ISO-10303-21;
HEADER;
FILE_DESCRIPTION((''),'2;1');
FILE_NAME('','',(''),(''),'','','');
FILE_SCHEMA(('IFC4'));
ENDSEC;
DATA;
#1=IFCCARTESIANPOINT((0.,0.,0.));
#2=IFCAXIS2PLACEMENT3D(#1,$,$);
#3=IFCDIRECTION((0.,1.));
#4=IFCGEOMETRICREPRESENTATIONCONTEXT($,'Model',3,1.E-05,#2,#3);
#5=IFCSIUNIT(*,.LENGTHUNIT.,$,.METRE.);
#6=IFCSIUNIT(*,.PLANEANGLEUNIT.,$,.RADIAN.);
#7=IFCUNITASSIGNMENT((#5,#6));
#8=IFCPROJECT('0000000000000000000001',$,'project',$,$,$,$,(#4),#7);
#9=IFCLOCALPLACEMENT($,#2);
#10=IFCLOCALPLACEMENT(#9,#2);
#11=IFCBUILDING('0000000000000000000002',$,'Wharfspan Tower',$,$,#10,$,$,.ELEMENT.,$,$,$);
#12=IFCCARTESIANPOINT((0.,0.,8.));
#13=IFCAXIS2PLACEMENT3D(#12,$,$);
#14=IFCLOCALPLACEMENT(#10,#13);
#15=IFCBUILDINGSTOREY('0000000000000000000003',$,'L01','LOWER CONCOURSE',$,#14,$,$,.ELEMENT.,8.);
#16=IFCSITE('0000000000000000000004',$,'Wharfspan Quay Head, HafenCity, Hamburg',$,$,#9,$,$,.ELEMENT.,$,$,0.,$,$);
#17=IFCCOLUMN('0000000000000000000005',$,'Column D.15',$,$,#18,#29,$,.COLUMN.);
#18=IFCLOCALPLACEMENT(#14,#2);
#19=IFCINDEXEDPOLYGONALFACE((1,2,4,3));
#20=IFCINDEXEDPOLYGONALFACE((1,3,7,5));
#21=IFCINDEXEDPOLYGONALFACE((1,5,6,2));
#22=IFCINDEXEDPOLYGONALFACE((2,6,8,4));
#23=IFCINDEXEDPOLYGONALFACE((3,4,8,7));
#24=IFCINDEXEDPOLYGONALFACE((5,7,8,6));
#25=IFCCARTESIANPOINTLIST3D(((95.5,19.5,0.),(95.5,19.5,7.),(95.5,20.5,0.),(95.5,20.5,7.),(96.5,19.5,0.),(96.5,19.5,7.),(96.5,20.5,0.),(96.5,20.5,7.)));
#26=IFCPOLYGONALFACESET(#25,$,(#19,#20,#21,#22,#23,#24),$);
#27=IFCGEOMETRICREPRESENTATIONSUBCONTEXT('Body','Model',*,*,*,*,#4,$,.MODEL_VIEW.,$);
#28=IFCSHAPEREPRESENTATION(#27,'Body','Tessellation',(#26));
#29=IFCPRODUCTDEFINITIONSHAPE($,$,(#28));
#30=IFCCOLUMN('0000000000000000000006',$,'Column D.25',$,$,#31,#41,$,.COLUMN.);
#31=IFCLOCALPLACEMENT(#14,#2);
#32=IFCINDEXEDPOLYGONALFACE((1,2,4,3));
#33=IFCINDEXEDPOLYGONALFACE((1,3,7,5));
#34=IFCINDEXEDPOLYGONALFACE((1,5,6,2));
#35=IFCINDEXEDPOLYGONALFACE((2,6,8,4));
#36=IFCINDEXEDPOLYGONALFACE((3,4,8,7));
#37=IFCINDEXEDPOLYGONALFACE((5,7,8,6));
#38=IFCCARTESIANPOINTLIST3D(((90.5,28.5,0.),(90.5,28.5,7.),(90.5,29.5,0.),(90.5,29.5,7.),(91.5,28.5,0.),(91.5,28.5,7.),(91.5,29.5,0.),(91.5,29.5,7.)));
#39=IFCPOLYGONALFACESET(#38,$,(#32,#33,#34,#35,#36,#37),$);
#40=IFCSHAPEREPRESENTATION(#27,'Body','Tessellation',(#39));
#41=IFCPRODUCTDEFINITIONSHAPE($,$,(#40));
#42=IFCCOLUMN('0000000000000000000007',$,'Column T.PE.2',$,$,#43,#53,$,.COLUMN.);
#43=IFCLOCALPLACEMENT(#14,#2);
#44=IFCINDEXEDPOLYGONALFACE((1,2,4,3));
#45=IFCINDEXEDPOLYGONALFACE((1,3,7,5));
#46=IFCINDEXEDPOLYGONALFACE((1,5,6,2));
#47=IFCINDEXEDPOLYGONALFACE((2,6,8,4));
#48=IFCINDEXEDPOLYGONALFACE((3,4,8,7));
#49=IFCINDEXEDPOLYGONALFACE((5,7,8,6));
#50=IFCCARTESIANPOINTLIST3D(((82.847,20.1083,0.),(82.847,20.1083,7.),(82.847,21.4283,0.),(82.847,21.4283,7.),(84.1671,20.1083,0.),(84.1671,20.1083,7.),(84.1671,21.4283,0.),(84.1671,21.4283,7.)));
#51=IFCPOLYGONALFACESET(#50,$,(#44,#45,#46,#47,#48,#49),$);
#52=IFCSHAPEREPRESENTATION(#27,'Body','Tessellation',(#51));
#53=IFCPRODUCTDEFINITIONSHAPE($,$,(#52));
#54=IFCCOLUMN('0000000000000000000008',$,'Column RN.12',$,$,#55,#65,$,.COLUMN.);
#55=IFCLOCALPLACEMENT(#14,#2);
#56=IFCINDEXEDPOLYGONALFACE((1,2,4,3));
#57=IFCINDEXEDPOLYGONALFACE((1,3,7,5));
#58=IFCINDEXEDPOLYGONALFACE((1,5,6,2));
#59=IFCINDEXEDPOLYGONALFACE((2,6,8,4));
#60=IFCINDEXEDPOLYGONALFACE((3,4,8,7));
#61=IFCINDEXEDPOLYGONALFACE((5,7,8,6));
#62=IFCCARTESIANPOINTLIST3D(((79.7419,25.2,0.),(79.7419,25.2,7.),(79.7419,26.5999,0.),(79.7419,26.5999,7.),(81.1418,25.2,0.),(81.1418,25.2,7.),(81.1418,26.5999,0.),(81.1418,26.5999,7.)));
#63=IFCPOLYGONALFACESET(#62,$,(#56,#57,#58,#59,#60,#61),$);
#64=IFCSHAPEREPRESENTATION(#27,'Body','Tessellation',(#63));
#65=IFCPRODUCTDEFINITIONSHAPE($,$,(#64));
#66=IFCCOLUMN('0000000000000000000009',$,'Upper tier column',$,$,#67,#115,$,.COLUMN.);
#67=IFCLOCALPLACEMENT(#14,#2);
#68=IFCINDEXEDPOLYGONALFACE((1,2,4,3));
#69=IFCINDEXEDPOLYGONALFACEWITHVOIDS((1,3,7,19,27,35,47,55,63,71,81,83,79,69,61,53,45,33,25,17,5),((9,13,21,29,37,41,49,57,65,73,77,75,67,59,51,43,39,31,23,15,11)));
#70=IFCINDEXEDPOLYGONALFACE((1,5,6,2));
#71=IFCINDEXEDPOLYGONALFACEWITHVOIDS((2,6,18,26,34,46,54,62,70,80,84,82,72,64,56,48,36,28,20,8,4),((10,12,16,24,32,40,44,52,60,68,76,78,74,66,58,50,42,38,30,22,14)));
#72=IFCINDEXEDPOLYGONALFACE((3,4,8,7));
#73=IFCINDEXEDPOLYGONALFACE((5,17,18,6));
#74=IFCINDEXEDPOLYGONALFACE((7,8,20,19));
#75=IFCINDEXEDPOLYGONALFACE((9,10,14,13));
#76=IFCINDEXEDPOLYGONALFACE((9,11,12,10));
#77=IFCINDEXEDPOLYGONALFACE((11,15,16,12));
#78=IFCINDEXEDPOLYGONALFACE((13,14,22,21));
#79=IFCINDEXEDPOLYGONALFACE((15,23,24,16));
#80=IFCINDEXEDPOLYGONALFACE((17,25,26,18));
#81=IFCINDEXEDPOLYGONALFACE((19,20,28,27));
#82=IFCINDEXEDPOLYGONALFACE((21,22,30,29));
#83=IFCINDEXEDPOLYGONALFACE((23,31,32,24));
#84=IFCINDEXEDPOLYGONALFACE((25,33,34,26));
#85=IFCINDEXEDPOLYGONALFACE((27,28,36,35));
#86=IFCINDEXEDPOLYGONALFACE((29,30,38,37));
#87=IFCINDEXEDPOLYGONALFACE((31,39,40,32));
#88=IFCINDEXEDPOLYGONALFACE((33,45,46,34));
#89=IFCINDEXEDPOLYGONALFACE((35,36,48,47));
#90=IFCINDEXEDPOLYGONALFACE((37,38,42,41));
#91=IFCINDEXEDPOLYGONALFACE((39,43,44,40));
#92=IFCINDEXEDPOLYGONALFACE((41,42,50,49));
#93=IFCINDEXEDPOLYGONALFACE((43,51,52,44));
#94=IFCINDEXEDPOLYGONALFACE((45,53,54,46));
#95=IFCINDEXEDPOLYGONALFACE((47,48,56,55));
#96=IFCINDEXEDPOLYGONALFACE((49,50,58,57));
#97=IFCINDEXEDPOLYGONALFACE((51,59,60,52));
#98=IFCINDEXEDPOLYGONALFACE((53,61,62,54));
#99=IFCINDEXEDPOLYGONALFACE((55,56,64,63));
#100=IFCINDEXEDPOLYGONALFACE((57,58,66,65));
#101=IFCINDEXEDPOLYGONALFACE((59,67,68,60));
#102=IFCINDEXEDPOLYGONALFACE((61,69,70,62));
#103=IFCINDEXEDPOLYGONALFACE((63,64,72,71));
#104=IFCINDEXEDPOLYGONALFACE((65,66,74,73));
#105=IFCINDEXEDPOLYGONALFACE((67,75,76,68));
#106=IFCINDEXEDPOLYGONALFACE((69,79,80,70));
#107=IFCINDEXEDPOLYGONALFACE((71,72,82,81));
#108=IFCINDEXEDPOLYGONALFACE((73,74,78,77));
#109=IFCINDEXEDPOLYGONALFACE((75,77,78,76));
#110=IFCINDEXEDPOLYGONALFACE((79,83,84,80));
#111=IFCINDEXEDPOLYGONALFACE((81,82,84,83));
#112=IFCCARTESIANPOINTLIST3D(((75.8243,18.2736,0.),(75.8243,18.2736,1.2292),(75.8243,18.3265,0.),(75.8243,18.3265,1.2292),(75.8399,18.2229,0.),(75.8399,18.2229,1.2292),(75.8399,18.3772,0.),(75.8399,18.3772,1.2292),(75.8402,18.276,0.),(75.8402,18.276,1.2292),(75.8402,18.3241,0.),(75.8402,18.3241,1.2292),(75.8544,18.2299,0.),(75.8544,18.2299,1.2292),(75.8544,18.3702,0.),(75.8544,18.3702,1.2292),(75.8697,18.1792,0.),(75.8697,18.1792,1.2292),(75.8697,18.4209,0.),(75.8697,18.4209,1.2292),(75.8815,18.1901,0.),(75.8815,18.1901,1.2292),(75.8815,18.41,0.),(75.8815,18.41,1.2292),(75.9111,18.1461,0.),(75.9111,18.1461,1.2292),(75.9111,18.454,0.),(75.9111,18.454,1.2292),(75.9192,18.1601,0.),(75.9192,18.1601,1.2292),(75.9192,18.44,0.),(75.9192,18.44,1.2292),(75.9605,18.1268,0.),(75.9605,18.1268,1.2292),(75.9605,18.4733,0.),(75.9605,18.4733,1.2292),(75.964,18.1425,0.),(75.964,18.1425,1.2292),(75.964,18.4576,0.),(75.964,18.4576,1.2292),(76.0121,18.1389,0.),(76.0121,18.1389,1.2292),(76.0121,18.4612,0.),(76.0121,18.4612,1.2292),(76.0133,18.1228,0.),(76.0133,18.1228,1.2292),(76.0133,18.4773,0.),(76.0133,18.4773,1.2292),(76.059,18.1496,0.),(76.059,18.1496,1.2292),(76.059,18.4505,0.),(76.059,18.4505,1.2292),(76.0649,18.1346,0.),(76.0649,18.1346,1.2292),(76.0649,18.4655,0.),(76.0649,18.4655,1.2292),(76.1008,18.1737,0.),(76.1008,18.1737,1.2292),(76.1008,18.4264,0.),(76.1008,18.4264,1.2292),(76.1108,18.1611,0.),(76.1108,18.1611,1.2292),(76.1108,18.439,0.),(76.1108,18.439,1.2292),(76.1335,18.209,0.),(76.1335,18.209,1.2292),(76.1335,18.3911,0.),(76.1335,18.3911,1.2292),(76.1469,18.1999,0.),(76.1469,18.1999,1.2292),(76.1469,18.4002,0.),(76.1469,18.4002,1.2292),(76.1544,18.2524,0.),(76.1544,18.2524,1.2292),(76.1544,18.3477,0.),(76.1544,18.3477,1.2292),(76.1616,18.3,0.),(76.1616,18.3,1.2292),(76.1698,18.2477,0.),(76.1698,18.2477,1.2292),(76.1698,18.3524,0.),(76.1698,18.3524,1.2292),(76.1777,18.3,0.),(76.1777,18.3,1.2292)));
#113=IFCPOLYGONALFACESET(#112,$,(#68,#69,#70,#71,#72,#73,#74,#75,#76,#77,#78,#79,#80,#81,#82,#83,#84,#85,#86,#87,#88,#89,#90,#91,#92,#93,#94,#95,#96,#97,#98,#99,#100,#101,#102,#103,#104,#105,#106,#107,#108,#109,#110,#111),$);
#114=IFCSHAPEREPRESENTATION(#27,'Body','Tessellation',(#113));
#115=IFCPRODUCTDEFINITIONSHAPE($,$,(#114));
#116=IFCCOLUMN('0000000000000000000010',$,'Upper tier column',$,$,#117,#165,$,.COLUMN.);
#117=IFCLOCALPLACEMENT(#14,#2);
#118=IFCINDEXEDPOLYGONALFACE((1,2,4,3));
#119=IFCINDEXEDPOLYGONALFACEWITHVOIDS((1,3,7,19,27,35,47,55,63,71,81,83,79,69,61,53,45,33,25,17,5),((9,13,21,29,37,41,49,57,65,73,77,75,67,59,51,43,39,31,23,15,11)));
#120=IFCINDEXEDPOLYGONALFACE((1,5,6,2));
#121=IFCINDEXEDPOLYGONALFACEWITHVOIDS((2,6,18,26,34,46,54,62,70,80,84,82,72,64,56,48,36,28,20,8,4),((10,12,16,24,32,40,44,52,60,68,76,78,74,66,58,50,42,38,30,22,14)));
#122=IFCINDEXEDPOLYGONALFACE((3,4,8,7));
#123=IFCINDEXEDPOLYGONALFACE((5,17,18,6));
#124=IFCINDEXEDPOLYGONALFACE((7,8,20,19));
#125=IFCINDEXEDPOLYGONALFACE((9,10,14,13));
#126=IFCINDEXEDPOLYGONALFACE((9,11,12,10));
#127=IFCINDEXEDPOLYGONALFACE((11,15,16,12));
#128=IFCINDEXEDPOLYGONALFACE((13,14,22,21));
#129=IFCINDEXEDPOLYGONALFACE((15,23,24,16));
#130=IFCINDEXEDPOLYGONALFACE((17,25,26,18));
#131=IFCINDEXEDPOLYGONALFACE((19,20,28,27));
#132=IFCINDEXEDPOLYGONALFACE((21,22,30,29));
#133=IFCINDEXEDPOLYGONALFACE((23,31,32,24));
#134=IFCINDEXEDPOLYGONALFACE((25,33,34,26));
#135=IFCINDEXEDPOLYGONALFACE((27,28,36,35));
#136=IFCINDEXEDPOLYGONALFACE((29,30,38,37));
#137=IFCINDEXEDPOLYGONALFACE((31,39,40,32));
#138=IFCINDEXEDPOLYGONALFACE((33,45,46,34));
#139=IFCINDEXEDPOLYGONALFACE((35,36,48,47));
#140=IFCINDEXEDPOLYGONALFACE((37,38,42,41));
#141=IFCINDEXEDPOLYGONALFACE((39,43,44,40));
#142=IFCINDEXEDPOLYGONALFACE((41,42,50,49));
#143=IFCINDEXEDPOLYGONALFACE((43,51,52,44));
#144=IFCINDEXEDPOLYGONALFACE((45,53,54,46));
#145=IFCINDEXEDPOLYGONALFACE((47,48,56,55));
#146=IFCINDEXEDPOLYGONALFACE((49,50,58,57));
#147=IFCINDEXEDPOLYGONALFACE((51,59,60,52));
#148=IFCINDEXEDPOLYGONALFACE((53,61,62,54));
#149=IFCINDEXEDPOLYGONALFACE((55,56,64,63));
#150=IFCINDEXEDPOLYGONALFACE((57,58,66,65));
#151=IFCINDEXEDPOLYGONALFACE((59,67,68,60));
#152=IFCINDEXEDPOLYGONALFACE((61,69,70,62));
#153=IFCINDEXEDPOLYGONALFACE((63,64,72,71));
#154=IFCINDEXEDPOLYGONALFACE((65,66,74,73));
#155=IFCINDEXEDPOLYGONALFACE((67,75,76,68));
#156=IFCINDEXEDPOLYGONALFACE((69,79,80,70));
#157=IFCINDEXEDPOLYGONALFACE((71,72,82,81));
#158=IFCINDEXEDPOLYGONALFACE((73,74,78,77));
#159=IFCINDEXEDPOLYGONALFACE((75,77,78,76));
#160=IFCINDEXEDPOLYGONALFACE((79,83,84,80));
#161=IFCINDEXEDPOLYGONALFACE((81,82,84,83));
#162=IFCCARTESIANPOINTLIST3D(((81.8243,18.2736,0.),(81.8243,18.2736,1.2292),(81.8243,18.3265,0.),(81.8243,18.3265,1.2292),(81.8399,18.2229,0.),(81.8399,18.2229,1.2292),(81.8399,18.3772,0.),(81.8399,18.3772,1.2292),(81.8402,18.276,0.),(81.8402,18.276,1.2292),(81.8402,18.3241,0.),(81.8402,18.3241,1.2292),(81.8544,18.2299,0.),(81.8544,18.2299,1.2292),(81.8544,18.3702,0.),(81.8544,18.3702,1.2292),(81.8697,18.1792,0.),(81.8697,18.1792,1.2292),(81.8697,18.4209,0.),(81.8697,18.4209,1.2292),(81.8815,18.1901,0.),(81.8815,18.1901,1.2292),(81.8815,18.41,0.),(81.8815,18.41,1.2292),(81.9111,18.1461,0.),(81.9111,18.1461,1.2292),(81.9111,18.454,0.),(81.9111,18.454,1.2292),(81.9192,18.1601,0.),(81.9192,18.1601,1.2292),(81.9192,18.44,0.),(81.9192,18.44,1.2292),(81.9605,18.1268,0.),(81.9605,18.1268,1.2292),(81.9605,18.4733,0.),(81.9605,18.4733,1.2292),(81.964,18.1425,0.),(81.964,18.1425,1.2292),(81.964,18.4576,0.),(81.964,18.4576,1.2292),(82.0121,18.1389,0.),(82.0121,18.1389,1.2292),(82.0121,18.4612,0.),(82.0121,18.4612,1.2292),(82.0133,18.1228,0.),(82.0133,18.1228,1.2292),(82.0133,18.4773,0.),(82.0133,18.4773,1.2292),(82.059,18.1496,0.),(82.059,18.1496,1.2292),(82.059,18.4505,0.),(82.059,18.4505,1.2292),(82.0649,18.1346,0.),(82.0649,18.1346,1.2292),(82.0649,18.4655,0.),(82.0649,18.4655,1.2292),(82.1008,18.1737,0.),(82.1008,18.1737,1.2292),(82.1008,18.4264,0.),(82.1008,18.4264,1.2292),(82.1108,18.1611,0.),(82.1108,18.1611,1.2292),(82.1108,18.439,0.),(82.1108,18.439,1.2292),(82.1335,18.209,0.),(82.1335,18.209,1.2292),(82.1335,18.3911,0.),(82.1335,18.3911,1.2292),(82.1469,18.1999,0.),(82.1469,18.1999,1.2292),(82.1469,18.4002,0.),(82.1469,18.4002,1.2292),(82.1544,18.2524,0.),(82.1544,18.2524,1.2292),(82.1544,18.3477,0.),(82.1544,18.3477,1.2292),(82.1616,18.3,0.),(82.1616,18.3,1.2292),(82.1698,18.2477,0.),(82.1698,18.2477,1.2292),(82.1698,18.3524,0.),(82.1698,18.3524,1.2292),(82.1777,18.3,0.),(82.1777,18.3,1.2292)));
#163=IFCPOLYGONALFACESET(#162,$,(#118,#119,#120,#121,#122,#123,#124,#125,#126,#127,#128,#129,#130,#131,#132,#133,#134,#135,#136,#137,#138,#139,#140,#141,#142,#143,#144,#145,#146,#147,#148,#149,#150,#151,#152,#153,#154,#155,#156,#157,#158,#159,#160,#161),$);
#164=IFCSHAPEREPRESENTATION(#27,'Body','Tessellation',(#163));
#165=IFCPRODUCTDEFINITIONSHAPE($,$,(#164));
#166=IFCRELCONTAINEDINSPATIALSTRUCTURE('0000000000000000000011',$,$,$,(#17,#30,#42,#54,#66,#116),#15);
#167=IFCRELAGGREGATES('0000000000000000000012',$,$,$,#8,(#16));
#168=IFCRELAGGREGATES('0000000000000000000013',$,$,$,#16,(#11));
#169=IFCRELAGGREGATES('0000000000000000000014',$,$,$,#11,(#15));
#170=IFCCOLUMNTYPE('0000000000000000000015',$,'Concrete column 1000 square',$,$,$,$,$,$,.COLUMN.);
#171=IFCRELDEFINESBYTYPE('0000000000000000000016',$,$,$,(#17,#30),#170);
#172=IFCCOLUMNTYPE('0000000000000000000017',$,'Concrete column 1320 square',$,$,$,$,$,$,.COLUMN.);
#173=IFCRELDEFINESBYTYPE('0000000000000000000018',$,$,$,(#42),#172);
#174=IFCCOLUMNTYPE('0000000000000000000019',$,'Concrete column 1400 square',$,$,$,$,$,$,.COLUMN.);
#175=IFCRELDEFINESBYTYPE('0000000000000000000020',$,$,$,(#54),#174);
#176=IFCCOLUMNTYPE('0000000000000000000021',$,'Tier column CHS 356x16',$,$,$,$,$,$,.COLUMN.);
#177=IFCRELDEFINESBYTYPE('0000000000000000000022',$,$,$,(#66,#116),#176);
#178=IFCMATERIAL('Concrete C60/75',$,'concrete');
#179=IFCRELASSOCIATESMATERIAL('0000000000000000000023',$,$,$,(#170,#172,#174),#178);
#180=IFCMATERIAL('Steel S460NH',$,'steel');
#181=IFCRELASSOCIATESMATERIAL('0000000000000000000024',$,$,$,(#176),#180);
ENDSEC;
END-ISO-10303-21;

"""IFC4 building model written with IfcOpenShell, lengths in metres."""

from ifc_helpers import new_model, si_unit, direction, frame, origin, origin_2d, place, context, subcontext, project, spatial, rectangle, hollow_circle, extrude, material, material_profile, profile_set, type_object, element, save


model = new_model("IFC4")

# Units and contexts
model_context = context("Model", 3, precision=1e-05, world=origin(), true_north=direction((0.0, 1.0)))
body_context = subcontext(model_context, "Body", "Model", "MODEL_VIEW")
ifc_project = project(units=[si_unit("LENGTHUNIT", "METRE"), si_unit("PLANEANGLEUNIT", "RADIAN")], contexts=[model_context])

# Site, building, storey
site_placement = place(None, origin())
site = spatial("IfcSite", under=ifc_project, at=site_placement, Name="Wharfspan Quay Head, HafenCity, Hamburg", CompositionType="ELEMENT", RefElevation=0.0)
building_placement = place(site_placement, origin())
building = spatial("IfcBuilding", under=site, at=building_placement, Name="Wharfspan Tower", CompositionType="ELEMENT")
storey_placement = place(building_placement, frame((0.0, 0.0, 8.0)))
storey = spatial("IfcBuildingStorey", under=building, at=storey_placement, Name="L01", Description="LOWER CONCOURSE", CompositionType="ELEMENT", Elevation=8.0)

# Columns
ifc_material_1 = material(Name="Concrete C60/75", Category="concrete")
ifc_material_profile_1 = material_profile(ifc_material_1, rectangle(XDim=1.0, YDim=1.0, at=origin_2d()))
ifc_profile_set_1 = profile_set([ifc_material_profile_1], Name="Concrete C60/75")
column_type_1 = type_object("IfcColumnType", Name="Concrete column 1000 square", PredefinedType="COLUMN", material=ifc_profile_set_1)
for number, where, z_axis, x_axis, name in (
    (1, (96.0, 20.0, 0.0), (0.0, 0.0, 1.0), (1.0, 0.0, 0.0), "Column D.15"),
    (2, (91.0, 29.0, 0.0), (0.0, 0.0, 1.0), (1.0, 0.0, 0.0), "Column D.25"),
):
    element("IfcColumn", number, at=place(storey_placement, frame(where, z_axis=z_axis, x_axis=x_axis)), inside=storey, type_object=column_type_1, Name=name, PredefinedType="COLUMN", context=body_context, shape_type="SweptSolid", body=[
        extrude(rectangle(XDim=1.0, YDim=1.0, at=origin_2d()), origin(), (0.0, 0.0, 1.0), 7.0),
    ])
ifc_material_profile_2 = material_profile(ifc_material_1, rectangle(XDim=1.3201, YDim=1.3201, at=origin_2d()))
ifc_profile_set_2 = profile_set([ifc_material_profile_2], Name="Concrete C60/75")
column_type_2 = type_object("IfcColumnType", Name="Concrete column 1320 square", PredefinedType="COLUMN", material=ifc_profile_set_2)
column_1_placement = place(storey_placement, frame((83.5071, 20.7683, 0.0), z_axis=(0.0, 0.0, 1.0), x_axis=(1.0, 0.0, 0.0)))
element("IfcColumn", 3, at=column_1_placement, inside=storey, type_object=column_type_2, Name="Column T.PE.2", PredefinedType="COLUMN", context=body_context, shape_type="SweptSolid", body=[
    extrude(rectangle(XDim=1.3201, YDim=1.3201, at=origin_2d()), origin(), (0.0, 0.0, 1.0), 7.0),
])
ifc_material_profile_3 = material_profile(ifc_material_1, rectangle(XDim=1.3999, YDim=1.3999, at=origin_2d()))
ifc_profile_set_3 = profile_set([ifc_material_profile_3], Name="Concrete C60/75")
column_type_3 = type_object("IfcColumnType", Name="Concrete column 1400 square", PredefinedType="COLUMN", material=ifc_profile_set_3)
column_2_placement = place(storey_placement, frame((80.4419, 25.8999, 0.0), z_axis=(0.0, 0.0, 1.0), x_axis=(1.0, 0.0, 0.0)))
element("IfcColumn", 4, at=column_2_placement, inside=storey, type_object=column_type_3, Name="Column RN.12", PredefinedType="COLUMN", context=body_context, shape_type="SweptSolid", body=[
    extrude(rectangle(XDim=1.3999, YDim=1.3999, at=origin_2d()), origin(), (0.0, 0.0, 1.0), 7.0),
])
ifc_material_2 = material(Name="Steel S460NH", Category="steel")
ifc_material_profile_4 = material_profile(ifc_material_2, hollow_circle(Radius=0.1777, WallThickness=0.0161, at=origin_2d()))
ifc_profile_set_4 = profile_set([ifc_material_profile_4], Name="Steel S460NH")
column_type_4 = type_object("IfcColumnType", Name="Tier column CHS 356x16", PredefinedType="COLUMN", material=ifc_profile_set_4)
for number, where, z_axis, x_axis, name in (
    (5, (76.0, 18.3, 0.0), (0.0, 0.0, 1.0), (1.0, 0.0, 0.0), "Upper tier column"),
    (6, (82.0, 18.3, 0.0), (0.0, 0.0, 1.0), (1.0, 0.0, 0.0), "Upper tier column"),
):
    element("IfcColumn", number, at=place(storey_placement, frame(where, z_axis=z_axis, x_axis=x_axis)), inside=storey, type_object=column_type_4, Name=name, PredefinedType="COLUMN", context=body_context, shape_type="SweptSolid", body=[
        extrude(hollow_circle(Radius=0.1777, WallThickness=0.0161, at=origin_2d()), origin(), (0.0, 0.0, 1.0), 1.2292),
    ])

save(model, "model.ifc")
